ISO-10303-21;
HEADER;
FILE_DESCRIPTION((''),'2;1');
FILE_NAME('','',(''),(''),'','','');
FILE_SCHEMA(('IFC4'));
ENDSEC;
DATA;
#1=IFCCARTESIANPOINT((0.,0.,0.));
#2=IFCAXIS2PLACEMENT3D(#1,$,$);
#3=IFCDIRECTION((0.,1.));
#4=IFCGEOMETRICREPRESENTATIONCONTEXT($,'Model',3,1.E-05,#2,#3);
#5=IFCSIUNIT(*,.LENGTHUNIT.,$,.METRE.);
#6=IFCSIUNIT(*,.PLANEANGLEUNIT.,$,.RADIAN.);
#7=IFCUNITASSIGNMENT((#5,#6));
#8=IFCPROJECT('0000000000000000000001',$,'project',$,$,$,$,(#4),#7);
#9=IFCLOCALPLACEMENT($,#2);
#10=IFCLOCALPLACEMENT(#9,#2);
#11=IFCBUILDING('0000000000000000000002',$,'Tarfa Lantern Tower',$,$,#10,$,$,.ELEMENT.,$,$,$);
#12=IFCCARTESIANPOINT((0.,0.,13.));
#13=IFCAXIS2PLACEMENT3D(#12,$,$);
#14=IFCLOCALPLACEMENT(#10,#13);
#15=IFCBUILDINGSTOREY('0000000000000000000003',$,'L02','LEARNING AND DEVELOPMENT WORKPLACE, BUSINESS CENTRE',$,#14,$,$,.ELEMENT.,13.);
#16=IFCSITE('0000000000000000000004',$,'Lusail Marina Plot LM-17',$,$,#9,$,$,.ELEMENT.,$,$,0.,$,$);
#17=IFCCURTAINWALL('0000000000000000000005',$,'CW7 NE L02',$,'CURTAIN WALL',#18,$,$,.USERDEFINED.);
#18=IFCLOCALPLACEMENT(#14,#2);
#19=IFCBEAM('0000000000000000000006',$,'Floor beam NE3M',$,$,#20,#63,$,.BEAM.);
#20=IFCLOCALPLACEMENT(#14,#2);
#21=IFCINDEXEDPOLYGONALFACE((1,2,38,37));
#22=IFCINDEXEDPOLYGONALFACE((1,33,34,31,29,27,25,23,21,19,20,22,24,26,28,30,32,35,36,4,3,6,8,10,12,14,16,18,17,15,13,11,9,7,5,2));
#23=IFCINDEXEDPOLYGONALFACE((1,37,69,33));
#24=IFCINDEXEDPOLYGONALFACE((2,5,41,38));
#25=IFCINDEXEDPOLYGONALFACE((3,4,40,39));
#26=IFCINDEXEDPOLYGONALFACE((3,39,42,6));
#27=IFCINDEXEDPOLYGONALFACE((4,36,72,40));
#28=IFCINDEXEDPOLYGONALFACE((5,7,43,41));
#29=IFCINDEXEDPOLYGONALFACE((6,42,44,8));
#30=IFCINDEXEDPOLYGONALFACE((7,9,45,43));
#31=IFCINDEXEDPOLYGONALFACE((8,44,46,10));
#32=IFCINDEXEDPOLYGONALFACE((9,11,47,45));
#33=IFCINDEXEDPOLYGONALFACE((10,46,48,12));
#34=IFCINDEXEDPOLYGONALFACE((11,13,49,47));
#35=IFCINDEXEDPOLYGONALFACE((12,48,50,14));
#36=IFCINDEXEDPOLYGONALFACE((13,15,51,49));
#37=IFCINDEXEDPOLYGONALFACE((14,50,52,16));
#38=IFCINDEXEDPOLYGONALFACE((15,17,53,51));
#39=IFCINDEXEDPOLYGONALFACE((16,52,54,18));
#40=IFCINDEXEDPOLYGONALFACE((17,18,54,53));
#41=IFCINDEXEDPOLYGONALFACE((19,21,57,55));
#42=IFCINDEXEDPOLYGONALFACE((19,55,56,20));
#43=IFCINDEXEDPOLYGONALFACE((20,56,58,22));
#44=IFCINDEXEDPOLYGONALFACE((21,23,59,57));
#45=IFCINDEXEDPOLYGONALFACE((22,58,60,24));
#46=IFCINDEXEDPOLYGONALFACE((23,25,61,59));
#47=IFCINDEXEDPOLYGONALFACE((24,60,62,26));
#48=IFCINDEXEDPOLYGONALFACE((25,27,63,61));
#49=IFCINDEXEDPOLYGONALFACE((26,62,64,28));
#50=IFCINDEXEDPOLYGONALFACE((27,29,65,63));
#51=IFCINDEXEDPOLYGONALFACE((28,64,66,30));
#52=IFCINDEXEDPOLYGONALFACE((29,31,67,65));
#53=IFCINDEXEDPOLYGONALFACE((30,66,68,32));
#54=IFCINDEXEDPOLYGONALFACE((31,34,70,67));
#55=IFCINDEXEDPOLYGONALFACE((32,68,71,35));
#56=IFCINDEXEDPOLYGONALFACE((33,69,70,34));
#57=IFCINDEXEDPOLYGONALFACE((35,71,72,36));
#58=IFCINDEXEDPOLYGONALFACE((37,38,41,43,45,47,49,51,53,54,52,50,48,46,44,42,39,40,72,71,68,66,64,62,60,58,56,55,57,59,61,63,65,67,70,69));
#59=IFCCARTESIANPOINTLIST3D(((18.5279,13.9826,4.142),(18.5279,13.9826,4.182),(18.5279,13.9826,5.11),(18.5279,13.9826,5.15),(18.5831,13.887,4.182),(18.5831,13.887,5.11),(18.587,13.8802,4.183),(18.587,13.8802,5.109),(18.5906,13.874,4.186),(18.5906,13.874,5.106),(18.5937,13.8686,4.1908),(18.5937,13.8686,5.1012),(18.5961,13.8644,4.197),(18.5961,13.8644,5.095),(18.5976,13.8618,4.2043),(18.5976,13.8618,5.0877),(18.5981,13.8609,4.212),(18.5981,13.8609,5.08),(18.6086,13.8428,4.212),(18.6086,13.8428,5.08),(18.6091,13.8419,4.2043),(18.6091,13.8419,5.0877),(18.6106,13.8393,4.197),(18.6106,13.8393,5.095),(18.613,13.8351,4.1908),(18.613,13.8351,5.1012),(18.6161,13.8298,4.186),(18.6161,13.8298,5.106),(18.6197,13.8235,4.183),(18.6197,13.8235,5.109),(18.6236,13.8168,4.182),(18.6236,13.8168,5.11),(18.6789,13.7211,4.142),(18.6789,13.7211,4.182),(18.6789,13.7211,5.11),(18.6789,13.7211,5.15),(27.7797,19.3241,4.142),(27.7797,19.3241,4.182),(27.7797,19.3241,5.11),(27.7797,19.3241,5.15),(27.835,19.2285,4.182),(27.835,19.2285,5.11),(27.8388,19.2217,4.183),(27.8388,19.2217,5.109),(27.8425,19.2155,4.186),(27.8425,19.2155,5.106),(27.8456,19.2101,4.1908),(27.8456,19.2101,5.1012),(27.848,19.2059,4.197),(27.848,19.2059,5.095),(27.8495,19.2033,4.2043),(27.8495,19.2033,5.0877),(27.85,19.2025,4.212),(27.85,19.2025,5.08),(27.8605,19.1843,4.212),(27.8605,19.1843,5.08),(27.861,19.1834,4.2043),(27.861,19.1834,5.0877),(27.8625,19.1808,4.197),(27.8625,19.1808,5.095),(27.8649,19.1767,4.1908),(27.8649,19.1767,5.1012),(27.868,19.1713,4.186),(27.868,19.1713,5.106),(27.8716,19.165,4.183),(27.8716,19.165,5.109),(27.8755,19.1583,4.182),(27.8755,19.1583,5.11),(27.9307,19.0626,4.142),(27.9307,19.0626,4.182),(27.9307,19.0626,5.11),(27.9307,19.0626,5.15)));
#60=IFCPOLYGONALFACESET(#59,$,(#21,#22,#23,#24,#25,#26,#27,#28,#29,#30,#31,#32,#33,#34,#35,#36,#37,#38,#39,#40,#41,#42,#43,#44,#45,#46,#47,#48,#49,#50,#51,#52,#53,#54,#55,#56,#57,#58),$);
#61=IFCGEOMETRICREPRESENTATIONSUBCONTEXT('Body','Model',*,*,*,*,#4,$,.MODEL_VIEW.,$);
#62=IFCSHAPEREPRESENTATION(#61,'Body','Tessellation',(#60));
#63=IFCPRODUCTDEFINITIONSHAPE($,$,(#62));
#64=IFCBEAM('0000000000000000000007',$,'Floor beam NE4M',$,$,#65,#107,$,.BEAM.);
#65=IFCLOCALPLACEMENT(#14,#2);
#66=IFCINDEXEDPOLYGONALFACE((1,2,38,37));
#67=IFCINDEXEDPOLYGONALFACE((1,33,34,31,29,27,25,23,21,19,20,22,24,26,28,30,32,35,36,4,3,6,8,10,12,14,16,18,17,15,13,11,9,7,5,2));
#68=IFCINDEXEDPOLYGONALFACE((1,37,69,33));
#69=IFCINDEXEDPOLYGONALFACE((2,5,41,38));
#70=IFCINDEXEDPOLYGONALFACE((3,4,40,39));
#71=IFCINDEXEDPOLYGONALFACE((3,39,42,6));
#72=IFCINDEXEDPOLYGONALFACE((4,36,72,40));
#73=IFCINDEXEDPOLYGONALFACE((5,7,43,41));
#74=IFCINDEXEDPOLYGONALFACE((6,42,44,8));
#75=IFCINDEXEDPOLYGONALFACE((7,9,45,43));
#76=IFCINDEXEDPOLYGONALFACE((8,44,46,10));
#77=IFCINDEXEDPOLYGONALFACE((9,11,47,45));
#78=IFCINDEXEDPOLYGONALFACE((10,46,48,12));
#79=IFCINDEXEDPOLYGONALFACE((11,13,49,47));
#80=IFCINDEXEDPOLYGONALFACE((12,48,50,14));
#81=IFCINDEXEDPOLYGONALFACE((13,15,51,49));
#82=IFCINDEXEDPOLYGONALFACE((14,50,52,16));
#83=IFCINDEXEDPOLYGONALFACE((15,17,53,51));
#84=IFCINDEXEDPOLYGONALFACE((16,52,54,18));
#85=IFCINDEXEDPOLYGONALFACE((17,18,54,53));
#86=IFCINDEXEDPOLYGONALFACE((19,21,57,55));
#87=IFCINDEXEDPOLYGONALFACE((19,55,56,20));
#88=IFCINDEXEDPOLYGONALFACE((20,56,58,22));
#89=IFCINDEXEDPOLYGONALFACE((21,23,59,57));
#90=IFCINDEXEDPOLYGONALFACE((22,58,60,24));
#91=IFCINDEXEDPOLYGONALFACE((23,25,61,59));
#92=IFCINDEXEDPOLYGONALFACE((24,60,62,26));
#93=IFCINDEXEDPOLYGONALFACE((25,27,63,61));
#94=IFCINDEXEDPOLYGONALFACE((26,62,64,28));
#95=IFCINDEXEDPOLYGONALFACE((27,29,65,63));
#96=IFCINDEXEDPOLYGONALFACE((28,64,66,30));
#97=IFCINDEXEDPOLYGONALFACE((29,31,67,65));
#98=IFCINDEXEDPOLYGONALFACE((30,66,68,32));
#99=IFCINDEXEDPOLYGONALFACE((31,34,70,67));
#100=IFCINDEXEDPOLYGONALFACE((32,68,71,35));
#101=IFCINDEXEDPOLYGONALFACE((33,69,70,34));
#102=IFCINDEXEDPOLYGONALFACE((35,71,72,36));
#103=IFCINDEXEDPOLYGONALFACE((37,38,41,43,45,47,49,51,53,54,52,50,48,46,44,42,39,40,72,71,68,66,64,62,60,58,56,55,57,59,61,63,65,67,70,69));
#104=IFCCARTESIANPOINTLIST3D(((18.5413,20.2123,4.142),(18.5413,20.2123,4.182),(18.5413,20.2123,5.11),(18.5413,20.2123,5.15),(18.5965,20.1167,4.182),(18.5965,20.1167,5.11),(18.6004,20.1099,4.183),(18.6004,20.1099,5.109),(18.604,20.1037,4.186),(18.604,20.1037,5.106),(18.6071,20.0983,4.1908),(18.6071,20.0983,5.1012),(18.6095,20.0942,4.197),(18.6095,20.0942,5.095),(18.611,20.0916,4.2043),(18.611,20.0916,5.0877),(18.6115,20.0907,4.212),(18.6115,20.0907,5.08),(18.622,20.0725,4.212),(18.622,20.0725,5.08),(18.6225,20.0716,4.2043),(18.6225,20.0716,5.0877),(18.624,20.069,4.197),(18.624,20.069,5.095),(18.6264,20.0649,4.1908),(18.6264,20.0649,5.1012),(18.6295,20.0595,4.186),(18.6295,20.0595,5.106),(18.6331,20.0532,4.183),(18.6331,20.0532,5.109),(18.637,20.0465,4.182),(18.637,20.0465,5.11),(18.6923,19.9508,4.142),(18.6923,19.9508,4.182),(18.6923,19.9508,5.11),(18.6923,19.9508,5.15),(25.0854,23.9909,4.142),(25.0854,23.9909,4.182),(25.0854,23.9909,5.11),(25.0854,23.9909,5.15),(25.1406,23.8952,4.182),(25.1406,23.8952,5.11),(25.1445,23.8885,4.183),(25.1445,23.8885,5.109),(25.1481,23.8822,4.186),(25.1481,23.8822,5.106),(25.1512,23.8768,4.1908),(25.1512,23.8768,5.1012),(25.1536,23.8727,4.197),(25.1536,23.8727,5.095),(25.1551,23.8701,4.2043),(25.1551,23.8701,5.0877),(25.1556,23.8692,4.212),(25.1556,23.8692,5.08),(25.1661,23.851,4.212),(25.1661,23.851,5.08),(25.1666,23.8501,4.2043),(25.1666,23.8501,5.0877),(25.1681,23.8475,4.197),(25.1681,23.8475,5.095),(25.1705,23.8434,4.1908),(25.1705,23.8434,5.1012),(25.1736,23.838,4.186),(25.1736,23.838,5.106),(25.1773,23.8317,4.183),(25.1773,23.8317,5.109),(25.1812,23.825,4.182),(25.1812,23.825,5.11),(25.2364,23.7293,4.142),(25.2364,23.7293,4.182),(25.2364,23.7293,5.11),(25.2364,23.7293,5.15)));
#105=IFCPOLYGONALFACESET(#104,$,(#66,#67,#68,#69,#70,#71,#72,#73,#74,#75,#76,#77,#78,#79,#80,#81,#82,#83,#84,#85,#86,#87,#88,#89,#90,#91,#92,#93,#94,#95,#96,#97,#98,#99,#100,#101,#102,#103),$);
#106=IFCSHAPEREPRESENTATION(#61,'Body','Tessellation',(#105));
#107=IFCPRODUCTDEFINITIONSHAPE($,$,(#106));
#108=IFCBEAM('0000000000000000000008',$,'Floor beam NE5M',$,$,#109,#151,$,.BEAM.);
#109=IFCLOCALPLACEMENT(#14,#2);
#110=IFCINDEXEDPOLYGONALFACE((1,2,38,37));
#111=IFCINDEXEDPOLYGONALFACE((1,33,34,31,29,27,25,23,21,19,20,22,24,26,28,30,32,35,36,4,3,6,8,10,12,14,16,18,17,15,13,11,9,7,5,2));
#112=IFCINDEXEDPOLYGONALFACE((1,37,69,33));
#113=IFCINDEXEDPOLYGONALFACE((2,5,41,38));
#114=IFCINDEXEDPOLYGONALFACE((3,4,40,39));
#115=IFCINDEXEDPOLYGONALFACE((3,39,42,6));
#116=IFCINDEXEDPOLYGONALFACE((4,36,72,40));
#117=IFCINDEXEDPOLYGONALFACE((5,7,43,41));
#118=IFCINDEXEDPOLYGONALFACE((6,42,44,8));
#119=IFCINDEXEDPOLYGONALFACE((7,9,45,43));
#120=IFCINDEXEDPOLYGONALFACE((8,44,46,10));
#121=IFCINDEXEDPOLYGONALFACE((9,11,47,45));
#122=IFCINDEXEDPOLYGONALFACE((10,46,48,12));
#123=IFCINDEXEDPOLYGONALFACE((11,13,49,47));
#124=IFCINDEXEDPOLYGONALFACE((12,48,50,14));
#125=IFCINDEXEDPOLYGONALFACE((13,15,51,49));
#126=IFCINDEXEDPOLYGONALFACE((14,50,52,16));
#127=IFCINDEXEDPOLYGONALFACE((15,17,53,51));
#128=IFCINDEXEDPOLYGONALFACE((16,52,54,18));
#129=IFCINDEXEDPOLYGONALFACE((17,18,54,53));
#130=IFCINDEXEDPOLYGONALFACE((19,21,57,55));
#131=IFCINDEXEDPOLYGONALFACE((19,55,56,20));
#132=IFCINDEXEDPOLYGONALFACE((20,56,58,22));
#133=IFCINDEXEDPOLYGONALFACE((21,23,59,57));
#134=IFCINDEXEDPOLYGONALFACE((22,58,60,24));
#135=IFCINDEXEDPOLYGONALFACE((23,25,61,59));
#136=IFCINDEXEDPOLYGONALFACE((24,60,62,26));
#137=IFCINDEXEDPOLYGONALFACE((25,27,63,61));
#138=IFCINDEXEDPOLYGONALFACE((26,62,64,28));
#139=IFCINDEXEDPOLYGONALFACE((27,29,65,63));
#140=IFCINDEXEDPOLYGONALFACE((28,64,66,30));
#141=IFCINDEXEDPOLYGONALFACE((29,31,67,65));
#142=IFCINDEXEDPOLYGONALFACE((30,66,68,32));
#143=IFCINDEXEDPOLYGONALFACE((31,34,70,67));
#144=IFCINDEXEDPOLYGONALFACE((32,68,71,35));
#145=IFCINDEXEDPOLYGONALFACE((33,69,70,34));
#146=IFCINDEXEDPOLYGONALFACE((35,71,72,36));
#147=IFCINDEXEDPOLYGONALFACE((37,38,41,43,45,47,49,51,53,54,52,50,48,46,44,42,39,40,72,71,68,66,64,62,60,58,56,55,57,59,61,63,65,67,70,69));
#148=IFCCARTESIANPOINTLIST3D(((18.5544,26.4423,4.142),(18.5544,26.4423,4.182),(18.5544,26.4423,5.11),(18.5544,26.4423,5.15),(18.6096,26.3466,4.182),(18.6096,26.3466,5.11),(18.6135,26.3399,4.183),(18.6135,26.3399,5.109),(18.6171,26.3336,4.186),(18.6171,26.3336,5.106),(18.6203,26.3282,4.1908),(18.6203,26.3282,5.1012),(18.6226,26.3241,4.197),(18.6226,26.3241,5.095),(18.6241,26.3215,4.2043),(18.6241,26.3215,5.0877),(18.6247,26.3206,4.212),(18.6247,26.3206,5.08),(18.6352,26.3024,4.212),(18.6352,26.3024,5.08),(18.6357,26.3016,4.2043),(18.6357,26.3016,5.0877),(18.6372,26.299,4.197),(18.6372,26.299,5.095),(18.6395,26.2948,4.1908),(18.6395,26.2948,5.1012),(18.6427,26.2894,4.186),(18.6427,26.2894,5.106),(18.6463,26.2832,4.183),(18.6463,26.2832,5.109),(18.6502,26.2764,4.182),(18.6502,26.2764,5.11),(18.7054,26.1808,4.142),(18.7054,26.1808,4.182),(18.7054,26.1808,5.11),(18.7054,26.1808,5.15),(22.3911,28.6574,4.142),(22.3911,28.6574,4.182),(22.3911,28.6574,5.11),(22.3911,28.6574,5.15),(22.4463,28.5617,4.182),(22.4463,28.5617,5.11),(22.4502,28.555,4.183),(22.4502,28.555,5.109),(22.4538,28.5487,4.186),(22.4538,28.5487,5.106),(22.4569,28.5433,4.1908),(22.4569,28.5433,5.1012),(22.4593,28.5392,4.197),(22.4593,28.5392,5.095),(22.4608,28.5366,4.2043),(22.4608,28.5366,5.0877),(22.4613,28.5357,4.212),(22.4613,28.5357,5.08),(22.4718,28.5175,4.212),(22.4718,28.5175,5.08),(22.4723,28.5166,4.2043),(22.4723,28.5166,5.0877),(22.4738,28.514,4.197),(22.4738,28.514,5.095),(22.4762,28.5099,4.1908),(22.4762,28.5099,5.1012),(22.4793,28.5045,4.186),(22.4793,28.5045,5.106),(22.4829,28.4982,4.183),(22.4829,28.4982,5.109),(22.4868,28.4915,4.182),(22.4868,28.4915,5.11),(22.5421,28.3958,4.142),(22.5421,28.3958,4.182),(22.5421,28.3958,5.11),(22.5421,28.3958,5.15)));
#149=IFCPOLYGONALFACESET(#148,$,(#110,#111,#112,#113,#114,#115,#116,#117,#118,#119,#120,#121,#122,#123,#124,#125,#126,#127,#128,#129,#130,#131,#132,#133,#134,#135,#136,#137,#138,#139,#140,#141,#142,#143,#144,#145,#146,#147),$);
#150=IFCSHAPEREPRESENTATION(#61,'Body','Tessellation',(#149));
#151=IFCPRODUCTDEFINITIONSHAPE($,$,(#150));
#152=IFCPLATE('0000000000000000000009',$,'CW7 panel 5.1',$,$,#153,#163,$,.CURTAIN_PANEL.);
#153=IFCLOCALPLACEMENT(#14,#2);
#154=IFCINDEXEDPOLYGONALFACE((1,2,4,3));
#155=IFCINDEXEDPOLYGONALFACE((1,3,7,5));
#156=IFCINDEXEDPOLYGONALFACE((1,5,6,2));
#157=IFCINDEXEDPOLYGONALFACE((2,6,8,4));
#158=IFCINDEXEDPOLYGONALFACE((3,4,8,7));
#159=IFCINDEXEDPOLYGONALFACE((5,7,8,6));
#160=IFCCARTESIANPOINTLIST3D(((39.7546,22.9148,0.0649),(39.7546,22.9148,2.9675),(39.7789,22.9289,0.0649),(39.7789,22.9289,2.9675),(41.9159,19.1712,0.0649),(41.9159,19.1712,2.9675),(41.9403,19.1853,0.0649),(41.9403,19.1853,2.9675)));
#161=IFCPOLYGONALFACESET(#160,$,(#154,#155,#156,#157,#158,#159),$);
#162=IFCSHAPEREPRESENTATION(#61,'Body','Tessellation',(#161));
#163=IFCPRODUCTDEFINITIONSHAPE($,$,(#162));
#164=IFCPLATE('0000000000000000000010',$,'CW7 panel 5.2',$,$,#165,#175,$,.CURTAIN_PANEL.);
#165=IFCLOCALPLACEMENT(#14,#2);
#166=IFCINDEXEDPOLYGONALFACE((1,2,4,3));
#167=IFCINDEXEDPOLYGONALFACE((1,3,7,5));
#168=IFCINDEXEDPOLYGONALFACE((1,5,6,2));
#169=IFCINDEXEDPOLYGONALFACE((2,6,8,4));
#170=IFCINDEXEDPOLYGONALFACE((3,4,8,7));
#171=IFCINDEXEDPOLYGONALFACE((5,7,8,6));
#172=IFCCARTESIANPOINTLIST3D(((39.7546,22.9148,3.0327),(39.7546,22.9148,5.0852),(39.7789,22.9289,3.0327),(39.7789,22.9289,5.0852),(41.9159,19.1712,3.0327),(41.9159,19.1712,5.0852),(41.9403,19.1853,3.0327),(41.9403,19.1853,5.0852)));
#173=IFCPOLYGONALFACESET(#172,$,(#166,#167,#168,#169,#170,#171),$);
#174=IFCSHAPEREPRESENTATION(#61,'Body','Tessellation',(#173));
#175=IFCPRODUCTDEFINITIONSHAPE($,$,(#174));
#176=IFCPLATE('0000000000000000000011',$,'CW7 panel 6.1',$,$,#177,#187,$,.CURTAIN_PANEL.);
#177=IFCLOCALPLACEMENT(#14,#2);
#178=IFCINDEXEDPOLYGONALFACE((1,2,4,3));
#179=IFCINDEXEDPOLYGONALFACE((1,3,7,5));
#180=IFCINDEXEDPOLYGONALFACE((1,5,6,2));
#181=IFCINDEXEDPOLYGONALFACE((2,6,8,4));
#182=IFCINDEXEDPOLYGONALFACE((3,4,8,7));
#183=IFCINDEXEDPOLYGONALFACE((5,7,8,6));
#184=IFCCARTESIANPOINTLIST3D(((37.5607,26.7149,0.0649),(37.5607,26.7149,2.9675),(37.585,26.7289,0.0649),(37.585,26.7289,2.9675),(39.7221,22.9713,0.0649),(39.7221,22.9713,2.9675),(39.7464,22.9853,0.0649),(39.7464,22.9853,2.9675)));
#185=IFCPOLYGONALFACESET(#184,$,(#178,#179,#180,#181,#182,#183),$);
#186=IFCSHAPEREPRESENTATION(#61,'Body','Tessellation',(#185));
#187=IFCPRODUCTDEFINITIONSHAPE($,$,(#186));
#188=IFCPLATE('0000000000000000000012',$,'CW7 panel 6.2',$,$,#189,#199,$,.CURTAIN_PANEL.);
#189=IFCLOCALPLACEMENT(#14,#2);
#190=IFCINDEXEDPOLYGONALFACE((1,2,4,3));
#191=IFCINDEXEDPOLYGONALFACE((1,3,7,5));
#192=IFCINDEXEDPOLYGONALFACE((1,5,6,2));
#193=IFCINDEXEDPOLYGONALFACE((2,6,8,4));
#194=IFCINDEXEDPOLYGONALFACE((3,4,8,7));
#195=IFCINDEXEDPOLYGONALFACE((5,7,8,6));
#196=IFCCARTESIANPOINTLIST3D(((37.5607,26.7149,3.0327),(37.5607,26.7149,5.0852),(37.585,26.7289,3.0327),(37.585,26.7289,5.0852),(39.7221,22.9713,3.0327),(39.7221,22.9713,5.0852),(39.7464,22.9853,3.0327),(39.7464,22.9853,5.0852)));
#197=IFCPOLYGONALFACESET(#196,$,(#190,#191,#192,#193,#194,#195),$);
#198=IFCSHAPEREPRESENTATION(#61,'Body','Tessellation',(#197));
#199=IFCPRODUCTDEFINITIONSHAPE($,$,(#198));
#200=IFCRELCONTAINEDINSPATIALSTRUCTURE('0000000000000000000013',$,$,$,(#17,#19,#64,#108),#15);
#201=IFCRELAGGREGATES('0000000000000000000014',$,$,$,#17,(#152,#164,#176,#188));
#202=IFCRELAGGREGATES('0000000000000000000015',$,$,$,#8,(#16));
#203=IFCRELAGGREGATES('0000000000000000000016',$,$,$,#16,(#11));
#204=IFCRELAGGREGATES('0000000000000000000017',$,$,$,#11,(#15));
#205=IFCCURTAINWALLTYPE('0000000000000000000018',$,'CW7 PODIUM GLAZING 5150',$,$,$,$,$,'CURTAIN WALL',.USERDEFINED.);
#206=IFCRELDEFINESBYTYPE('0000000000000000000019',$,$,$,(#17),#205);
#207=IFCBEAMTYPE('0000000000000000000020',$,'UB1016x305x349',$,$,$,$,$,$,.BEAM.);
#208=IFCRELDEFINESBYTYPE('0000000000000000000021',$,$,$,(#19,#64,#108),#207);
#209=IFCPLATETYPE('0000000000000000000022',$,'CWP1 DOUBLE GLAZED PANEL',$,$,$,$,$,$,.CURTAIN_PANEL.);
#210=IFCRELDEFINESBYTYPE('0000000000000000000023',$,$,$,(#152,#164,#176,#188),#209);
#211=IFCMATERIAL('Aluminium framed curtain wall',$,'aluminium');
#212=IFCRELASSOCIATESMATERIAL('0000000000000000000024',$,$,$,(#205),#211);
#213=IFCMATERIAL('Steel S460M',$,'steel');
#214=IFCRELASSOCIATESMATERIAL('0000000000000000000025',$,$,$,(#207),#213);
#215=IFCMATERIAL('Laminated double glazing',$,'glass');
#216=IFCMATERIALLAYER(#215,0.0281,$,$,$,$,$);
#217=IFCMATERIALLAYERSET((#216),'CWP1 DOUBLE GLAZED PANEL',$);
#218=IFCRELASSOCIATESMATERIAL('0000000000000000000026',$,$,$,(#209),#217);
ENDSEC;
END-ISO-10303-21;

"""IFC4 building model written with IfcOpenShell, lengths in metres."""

from ifc_helpers import new_model, si_unit, direction, frame, origin, origin_2d, place, context, subcontext, project, spatial, rectangle, i_section, extrude, material, layer, layer_set, material_profile, profile_set, type_object, element, aggregate, save


model = new_model("IFC4")

# Units and contexts
model_context = context("Model", 3, precision=1e-05, world=origin(), true_north=direction((0.0, 1.0)))
body_context = subcontext(model_context, "Body", "Model", "MODEL_VIEW")
ifc_project = project(units=[si_unit("LENGTHUNIT", "METRE"), si_unit("PLANEANGLEUNIT", "RADIAN")], contexts=[model_context])

# Site, building, storey
site_placement = place(None, origin())
site = spatial("IfcSite", under=ifc_project, at=site_placement, Name="Lusail Marina Plot LM-17", CompositionType="ELEMENT", RefElevation=0.0)
building_placement = place(site_placement, origin())
building = spatial("IfcBuilding", under=site, at=building_placement, Name="Tarfa Lantern Tower", CompositionType="ELEMENT")
storey_placement = place(building_placement, frame((0.0, 0.0, 13.0)))
storey = spatial("IfcBuildingStorey", under=building, at=storey_placement, Name="L02", Description="LEARNING AND DEVELOPMENT WORKPLACE, BUSINESS CENTRE", CompositionType="ELEMENT", Elevation=13.0)

# Curtain wall
ifc_material_1 = material(Name="Aluminium framed curtain wall", Category="aluminium")
curtain_wall_type = type_object("IfcCurtainWallType", Name="CW7 PODIUM GLAZING 5150", ElementType="CURTAIN WALL", PredefinedType="USERDEFINED", material=ifc_material_1)
curtain_wall_1_placement = place(storey_placement, origin())
curtain_wall_1 = element("IfcCurtainWall", 1, at=curtain_wall_1_placement, inside=storey, type_object=curtain_wall_type, Name="CW7 NE L02", ObjectType="CURTAIN WALL", PredefinedType="USERDEFINED")

# Beams
ifc_material_2 = material(Name="Steel S460M", Category="steel")
ifc_material_profile_1 = material_profile(ifc_material_2, i_section(OverallWidth=0.302, OverallDepth=1.0081, WebThickness=0.021, FlangeThickness=0.04, FilletRadius=0.03, at=origin_2d()), Name="UB1016x305x349")
ifc_profile_set_1 = profile_set([ifc_material_profile_1], Name="Steel S460M")
beam_type_1 = type_object("IfcBeamType", Name="UB1016x305x349", PredefinedType="BEAM", material=ifc_profile_set_1)
beam_1_placement = place(storey_placement, frame((27.8552, 19.1934, 4.646), z_axis=(-0.866028, -0.499995, 0.0), x_axis=(0.499995, -0.866028, 0.0)))
element("IfcBeam", 2, at=beam_1_placement, inside=storey, type_object=beam_type_1, Name="Floor beam NE3M", PredefinedType="BEAM", context=body_context, shape_type="SweptSolid", body=[
    extrude(i_section(OverallWidth=0.302, OverallDepth=1.0081, WebThickness=0.021, FlangeThickness=0.04, FilletRadius=0.03, at=origin_2d()), origin(), (0.0, 0.0, 1.0), 10.6831),
])
beam_2_placement = place(storey_placement, frame((25.1609, 23.8601, 4.646), z_axis=(-0.86601, -0.500027, 0.0), x_axis=(0.500027, -0.86601, 0.0)))
element("IfcBeam", 3, at=beam_2_placement, inside=storey, type_object=beam_type_1, Name="Floor beam NE4M", PredefinedType="BEAM", context=body_context, shape_type="SweptSolid", body=[
    extrude(i_section(OverallWidth=0.302, OverallDepth=1.0081, WebThickness=0.021, FlangeThickness=0.04, FilletRadius=0.03, at=origin_2d()), origin(), (0.0, 0.0, 1.0), 7.5566),
])
beam_3_placement = place(storey_placement, frame((22.4666, 28.5266, 4.646), z_axis=(-0.866027, -0.499998, 0.0), x_axis=(0.499998, -0.866027, 0.0)))
element("IfcBeam", 4, at=beam_3_placement, inside=storey, type_object=beam_type_1, Name="Floor beam NE5M", PredefinedType="BEAM", context=body_context, shape_type="SweptSolid", body=[
    extrude(i_section(OverallWidth=0.302, OverallDepth=1.0081, WebThickness=0.021, FlangeThickness=0.04, FilletRadius=0.03, at=origin_2d()), origin(), (0.0, 0.0, 1.0), 4.4302),
])

# Plates
ifc_material_3 = material(Name="Laminated double glazing", Category="glass")
ifc_layer = layer(ifc_material_3, 0.0281)
ifc_layer_set = layer_set([ifc_layer], Name="CWP1 DOUBLE GLAZED PANEL")
plate_type = type_object("IfcPlateType", Name="CWP1 DOUBLE GLAZED PANEL", PredefinedType="CURTAIN_PANEL", material=ifc_layer_set)
plate_1_placement = place(storey_placement, frame((40.8474, 21.05, 0.0649), z_axis=(0.0, 0.0, 1.0), x_axis=(-0.5, 0.866025, 0.0)))
plate_1 = element("IfcPlate", 5, at=plate_1_placement, type_object=plate_type, Name="CW7 panel 5.1", PredefinedType="CURTAIN_PANEL", context=body_context, shape_type="SweptSolid", body=[
    extrude(rectangle(XDim=4.3228, YDim=0.0281, at=origin_2d()), origin(), (0.0, 0.0, 1.0), 2.9026),
])
plate_2_placement = place(storey_placement, frame((40.8474, 21.05, 3.0327), z_axis=(0.0, 0.0, 1.0), x_axis=(-0.5, 0.866025, 0.0)))
plate_2 = element("IfcPlate", 6, at=plate_2_placement, type_object=plate_type, Name="CW7 panel 5.2", PredefinedType="CURTAIN_PANEL", context=body_context, shape_type="SweptSolid", body=[
    extrude(rectangle(XDim=4.3228, YDim=0.0281, at=origin_2d()), origin(), (0.0, 0.0, 1.0), 2.0525),
])
plate_3_placement = place(storey_placement, frame((38.6536, 24.8501, 0.0649), z_axis=(0.0, 0.0, 1.0), x_axis=(-0.5, 0.866025, 0.0)))
plate_3 = element("IfcPlate", 7, at=plate_3_placement, type_object=plate_type, Name="CW7 panel 6.1", PredefinedType="CURTAIN_PANEL", context=body_context, shape_type="SweptSolid", body=[
    extrude(rectangle(XDim=4.3228, YDim=0.0281, at=origin_2d()), origin(), (0.0, 0.0, 1.0), 2.9026),
])
plate_4_placement = place(storey_placement, frame((38.6536, 24.8501, 3.0327), z_axis=(0.0, 0.0, 1.0), x_axis=(-0.5, 0.866025, 0.0)))
plate_4 = element("IfcPlate", 8, at=plate_4_placement, type_object=plate_type, Name="CW7 panel 6.2", PredefinedType="CURTAIN_PANEL", context=body_context, shape_type="SweptSolid", body=[
    extrude(rectangle(XDim=4.3228, YDim=0.0281, at=origin_2d()), origin(), (0.0, 0.0, 1.0), 2.0525),
])
aggregate(curtain_wall_1, [plate_1, plate_2, plate_3, plate_4])

save(model, "model.ifc")
